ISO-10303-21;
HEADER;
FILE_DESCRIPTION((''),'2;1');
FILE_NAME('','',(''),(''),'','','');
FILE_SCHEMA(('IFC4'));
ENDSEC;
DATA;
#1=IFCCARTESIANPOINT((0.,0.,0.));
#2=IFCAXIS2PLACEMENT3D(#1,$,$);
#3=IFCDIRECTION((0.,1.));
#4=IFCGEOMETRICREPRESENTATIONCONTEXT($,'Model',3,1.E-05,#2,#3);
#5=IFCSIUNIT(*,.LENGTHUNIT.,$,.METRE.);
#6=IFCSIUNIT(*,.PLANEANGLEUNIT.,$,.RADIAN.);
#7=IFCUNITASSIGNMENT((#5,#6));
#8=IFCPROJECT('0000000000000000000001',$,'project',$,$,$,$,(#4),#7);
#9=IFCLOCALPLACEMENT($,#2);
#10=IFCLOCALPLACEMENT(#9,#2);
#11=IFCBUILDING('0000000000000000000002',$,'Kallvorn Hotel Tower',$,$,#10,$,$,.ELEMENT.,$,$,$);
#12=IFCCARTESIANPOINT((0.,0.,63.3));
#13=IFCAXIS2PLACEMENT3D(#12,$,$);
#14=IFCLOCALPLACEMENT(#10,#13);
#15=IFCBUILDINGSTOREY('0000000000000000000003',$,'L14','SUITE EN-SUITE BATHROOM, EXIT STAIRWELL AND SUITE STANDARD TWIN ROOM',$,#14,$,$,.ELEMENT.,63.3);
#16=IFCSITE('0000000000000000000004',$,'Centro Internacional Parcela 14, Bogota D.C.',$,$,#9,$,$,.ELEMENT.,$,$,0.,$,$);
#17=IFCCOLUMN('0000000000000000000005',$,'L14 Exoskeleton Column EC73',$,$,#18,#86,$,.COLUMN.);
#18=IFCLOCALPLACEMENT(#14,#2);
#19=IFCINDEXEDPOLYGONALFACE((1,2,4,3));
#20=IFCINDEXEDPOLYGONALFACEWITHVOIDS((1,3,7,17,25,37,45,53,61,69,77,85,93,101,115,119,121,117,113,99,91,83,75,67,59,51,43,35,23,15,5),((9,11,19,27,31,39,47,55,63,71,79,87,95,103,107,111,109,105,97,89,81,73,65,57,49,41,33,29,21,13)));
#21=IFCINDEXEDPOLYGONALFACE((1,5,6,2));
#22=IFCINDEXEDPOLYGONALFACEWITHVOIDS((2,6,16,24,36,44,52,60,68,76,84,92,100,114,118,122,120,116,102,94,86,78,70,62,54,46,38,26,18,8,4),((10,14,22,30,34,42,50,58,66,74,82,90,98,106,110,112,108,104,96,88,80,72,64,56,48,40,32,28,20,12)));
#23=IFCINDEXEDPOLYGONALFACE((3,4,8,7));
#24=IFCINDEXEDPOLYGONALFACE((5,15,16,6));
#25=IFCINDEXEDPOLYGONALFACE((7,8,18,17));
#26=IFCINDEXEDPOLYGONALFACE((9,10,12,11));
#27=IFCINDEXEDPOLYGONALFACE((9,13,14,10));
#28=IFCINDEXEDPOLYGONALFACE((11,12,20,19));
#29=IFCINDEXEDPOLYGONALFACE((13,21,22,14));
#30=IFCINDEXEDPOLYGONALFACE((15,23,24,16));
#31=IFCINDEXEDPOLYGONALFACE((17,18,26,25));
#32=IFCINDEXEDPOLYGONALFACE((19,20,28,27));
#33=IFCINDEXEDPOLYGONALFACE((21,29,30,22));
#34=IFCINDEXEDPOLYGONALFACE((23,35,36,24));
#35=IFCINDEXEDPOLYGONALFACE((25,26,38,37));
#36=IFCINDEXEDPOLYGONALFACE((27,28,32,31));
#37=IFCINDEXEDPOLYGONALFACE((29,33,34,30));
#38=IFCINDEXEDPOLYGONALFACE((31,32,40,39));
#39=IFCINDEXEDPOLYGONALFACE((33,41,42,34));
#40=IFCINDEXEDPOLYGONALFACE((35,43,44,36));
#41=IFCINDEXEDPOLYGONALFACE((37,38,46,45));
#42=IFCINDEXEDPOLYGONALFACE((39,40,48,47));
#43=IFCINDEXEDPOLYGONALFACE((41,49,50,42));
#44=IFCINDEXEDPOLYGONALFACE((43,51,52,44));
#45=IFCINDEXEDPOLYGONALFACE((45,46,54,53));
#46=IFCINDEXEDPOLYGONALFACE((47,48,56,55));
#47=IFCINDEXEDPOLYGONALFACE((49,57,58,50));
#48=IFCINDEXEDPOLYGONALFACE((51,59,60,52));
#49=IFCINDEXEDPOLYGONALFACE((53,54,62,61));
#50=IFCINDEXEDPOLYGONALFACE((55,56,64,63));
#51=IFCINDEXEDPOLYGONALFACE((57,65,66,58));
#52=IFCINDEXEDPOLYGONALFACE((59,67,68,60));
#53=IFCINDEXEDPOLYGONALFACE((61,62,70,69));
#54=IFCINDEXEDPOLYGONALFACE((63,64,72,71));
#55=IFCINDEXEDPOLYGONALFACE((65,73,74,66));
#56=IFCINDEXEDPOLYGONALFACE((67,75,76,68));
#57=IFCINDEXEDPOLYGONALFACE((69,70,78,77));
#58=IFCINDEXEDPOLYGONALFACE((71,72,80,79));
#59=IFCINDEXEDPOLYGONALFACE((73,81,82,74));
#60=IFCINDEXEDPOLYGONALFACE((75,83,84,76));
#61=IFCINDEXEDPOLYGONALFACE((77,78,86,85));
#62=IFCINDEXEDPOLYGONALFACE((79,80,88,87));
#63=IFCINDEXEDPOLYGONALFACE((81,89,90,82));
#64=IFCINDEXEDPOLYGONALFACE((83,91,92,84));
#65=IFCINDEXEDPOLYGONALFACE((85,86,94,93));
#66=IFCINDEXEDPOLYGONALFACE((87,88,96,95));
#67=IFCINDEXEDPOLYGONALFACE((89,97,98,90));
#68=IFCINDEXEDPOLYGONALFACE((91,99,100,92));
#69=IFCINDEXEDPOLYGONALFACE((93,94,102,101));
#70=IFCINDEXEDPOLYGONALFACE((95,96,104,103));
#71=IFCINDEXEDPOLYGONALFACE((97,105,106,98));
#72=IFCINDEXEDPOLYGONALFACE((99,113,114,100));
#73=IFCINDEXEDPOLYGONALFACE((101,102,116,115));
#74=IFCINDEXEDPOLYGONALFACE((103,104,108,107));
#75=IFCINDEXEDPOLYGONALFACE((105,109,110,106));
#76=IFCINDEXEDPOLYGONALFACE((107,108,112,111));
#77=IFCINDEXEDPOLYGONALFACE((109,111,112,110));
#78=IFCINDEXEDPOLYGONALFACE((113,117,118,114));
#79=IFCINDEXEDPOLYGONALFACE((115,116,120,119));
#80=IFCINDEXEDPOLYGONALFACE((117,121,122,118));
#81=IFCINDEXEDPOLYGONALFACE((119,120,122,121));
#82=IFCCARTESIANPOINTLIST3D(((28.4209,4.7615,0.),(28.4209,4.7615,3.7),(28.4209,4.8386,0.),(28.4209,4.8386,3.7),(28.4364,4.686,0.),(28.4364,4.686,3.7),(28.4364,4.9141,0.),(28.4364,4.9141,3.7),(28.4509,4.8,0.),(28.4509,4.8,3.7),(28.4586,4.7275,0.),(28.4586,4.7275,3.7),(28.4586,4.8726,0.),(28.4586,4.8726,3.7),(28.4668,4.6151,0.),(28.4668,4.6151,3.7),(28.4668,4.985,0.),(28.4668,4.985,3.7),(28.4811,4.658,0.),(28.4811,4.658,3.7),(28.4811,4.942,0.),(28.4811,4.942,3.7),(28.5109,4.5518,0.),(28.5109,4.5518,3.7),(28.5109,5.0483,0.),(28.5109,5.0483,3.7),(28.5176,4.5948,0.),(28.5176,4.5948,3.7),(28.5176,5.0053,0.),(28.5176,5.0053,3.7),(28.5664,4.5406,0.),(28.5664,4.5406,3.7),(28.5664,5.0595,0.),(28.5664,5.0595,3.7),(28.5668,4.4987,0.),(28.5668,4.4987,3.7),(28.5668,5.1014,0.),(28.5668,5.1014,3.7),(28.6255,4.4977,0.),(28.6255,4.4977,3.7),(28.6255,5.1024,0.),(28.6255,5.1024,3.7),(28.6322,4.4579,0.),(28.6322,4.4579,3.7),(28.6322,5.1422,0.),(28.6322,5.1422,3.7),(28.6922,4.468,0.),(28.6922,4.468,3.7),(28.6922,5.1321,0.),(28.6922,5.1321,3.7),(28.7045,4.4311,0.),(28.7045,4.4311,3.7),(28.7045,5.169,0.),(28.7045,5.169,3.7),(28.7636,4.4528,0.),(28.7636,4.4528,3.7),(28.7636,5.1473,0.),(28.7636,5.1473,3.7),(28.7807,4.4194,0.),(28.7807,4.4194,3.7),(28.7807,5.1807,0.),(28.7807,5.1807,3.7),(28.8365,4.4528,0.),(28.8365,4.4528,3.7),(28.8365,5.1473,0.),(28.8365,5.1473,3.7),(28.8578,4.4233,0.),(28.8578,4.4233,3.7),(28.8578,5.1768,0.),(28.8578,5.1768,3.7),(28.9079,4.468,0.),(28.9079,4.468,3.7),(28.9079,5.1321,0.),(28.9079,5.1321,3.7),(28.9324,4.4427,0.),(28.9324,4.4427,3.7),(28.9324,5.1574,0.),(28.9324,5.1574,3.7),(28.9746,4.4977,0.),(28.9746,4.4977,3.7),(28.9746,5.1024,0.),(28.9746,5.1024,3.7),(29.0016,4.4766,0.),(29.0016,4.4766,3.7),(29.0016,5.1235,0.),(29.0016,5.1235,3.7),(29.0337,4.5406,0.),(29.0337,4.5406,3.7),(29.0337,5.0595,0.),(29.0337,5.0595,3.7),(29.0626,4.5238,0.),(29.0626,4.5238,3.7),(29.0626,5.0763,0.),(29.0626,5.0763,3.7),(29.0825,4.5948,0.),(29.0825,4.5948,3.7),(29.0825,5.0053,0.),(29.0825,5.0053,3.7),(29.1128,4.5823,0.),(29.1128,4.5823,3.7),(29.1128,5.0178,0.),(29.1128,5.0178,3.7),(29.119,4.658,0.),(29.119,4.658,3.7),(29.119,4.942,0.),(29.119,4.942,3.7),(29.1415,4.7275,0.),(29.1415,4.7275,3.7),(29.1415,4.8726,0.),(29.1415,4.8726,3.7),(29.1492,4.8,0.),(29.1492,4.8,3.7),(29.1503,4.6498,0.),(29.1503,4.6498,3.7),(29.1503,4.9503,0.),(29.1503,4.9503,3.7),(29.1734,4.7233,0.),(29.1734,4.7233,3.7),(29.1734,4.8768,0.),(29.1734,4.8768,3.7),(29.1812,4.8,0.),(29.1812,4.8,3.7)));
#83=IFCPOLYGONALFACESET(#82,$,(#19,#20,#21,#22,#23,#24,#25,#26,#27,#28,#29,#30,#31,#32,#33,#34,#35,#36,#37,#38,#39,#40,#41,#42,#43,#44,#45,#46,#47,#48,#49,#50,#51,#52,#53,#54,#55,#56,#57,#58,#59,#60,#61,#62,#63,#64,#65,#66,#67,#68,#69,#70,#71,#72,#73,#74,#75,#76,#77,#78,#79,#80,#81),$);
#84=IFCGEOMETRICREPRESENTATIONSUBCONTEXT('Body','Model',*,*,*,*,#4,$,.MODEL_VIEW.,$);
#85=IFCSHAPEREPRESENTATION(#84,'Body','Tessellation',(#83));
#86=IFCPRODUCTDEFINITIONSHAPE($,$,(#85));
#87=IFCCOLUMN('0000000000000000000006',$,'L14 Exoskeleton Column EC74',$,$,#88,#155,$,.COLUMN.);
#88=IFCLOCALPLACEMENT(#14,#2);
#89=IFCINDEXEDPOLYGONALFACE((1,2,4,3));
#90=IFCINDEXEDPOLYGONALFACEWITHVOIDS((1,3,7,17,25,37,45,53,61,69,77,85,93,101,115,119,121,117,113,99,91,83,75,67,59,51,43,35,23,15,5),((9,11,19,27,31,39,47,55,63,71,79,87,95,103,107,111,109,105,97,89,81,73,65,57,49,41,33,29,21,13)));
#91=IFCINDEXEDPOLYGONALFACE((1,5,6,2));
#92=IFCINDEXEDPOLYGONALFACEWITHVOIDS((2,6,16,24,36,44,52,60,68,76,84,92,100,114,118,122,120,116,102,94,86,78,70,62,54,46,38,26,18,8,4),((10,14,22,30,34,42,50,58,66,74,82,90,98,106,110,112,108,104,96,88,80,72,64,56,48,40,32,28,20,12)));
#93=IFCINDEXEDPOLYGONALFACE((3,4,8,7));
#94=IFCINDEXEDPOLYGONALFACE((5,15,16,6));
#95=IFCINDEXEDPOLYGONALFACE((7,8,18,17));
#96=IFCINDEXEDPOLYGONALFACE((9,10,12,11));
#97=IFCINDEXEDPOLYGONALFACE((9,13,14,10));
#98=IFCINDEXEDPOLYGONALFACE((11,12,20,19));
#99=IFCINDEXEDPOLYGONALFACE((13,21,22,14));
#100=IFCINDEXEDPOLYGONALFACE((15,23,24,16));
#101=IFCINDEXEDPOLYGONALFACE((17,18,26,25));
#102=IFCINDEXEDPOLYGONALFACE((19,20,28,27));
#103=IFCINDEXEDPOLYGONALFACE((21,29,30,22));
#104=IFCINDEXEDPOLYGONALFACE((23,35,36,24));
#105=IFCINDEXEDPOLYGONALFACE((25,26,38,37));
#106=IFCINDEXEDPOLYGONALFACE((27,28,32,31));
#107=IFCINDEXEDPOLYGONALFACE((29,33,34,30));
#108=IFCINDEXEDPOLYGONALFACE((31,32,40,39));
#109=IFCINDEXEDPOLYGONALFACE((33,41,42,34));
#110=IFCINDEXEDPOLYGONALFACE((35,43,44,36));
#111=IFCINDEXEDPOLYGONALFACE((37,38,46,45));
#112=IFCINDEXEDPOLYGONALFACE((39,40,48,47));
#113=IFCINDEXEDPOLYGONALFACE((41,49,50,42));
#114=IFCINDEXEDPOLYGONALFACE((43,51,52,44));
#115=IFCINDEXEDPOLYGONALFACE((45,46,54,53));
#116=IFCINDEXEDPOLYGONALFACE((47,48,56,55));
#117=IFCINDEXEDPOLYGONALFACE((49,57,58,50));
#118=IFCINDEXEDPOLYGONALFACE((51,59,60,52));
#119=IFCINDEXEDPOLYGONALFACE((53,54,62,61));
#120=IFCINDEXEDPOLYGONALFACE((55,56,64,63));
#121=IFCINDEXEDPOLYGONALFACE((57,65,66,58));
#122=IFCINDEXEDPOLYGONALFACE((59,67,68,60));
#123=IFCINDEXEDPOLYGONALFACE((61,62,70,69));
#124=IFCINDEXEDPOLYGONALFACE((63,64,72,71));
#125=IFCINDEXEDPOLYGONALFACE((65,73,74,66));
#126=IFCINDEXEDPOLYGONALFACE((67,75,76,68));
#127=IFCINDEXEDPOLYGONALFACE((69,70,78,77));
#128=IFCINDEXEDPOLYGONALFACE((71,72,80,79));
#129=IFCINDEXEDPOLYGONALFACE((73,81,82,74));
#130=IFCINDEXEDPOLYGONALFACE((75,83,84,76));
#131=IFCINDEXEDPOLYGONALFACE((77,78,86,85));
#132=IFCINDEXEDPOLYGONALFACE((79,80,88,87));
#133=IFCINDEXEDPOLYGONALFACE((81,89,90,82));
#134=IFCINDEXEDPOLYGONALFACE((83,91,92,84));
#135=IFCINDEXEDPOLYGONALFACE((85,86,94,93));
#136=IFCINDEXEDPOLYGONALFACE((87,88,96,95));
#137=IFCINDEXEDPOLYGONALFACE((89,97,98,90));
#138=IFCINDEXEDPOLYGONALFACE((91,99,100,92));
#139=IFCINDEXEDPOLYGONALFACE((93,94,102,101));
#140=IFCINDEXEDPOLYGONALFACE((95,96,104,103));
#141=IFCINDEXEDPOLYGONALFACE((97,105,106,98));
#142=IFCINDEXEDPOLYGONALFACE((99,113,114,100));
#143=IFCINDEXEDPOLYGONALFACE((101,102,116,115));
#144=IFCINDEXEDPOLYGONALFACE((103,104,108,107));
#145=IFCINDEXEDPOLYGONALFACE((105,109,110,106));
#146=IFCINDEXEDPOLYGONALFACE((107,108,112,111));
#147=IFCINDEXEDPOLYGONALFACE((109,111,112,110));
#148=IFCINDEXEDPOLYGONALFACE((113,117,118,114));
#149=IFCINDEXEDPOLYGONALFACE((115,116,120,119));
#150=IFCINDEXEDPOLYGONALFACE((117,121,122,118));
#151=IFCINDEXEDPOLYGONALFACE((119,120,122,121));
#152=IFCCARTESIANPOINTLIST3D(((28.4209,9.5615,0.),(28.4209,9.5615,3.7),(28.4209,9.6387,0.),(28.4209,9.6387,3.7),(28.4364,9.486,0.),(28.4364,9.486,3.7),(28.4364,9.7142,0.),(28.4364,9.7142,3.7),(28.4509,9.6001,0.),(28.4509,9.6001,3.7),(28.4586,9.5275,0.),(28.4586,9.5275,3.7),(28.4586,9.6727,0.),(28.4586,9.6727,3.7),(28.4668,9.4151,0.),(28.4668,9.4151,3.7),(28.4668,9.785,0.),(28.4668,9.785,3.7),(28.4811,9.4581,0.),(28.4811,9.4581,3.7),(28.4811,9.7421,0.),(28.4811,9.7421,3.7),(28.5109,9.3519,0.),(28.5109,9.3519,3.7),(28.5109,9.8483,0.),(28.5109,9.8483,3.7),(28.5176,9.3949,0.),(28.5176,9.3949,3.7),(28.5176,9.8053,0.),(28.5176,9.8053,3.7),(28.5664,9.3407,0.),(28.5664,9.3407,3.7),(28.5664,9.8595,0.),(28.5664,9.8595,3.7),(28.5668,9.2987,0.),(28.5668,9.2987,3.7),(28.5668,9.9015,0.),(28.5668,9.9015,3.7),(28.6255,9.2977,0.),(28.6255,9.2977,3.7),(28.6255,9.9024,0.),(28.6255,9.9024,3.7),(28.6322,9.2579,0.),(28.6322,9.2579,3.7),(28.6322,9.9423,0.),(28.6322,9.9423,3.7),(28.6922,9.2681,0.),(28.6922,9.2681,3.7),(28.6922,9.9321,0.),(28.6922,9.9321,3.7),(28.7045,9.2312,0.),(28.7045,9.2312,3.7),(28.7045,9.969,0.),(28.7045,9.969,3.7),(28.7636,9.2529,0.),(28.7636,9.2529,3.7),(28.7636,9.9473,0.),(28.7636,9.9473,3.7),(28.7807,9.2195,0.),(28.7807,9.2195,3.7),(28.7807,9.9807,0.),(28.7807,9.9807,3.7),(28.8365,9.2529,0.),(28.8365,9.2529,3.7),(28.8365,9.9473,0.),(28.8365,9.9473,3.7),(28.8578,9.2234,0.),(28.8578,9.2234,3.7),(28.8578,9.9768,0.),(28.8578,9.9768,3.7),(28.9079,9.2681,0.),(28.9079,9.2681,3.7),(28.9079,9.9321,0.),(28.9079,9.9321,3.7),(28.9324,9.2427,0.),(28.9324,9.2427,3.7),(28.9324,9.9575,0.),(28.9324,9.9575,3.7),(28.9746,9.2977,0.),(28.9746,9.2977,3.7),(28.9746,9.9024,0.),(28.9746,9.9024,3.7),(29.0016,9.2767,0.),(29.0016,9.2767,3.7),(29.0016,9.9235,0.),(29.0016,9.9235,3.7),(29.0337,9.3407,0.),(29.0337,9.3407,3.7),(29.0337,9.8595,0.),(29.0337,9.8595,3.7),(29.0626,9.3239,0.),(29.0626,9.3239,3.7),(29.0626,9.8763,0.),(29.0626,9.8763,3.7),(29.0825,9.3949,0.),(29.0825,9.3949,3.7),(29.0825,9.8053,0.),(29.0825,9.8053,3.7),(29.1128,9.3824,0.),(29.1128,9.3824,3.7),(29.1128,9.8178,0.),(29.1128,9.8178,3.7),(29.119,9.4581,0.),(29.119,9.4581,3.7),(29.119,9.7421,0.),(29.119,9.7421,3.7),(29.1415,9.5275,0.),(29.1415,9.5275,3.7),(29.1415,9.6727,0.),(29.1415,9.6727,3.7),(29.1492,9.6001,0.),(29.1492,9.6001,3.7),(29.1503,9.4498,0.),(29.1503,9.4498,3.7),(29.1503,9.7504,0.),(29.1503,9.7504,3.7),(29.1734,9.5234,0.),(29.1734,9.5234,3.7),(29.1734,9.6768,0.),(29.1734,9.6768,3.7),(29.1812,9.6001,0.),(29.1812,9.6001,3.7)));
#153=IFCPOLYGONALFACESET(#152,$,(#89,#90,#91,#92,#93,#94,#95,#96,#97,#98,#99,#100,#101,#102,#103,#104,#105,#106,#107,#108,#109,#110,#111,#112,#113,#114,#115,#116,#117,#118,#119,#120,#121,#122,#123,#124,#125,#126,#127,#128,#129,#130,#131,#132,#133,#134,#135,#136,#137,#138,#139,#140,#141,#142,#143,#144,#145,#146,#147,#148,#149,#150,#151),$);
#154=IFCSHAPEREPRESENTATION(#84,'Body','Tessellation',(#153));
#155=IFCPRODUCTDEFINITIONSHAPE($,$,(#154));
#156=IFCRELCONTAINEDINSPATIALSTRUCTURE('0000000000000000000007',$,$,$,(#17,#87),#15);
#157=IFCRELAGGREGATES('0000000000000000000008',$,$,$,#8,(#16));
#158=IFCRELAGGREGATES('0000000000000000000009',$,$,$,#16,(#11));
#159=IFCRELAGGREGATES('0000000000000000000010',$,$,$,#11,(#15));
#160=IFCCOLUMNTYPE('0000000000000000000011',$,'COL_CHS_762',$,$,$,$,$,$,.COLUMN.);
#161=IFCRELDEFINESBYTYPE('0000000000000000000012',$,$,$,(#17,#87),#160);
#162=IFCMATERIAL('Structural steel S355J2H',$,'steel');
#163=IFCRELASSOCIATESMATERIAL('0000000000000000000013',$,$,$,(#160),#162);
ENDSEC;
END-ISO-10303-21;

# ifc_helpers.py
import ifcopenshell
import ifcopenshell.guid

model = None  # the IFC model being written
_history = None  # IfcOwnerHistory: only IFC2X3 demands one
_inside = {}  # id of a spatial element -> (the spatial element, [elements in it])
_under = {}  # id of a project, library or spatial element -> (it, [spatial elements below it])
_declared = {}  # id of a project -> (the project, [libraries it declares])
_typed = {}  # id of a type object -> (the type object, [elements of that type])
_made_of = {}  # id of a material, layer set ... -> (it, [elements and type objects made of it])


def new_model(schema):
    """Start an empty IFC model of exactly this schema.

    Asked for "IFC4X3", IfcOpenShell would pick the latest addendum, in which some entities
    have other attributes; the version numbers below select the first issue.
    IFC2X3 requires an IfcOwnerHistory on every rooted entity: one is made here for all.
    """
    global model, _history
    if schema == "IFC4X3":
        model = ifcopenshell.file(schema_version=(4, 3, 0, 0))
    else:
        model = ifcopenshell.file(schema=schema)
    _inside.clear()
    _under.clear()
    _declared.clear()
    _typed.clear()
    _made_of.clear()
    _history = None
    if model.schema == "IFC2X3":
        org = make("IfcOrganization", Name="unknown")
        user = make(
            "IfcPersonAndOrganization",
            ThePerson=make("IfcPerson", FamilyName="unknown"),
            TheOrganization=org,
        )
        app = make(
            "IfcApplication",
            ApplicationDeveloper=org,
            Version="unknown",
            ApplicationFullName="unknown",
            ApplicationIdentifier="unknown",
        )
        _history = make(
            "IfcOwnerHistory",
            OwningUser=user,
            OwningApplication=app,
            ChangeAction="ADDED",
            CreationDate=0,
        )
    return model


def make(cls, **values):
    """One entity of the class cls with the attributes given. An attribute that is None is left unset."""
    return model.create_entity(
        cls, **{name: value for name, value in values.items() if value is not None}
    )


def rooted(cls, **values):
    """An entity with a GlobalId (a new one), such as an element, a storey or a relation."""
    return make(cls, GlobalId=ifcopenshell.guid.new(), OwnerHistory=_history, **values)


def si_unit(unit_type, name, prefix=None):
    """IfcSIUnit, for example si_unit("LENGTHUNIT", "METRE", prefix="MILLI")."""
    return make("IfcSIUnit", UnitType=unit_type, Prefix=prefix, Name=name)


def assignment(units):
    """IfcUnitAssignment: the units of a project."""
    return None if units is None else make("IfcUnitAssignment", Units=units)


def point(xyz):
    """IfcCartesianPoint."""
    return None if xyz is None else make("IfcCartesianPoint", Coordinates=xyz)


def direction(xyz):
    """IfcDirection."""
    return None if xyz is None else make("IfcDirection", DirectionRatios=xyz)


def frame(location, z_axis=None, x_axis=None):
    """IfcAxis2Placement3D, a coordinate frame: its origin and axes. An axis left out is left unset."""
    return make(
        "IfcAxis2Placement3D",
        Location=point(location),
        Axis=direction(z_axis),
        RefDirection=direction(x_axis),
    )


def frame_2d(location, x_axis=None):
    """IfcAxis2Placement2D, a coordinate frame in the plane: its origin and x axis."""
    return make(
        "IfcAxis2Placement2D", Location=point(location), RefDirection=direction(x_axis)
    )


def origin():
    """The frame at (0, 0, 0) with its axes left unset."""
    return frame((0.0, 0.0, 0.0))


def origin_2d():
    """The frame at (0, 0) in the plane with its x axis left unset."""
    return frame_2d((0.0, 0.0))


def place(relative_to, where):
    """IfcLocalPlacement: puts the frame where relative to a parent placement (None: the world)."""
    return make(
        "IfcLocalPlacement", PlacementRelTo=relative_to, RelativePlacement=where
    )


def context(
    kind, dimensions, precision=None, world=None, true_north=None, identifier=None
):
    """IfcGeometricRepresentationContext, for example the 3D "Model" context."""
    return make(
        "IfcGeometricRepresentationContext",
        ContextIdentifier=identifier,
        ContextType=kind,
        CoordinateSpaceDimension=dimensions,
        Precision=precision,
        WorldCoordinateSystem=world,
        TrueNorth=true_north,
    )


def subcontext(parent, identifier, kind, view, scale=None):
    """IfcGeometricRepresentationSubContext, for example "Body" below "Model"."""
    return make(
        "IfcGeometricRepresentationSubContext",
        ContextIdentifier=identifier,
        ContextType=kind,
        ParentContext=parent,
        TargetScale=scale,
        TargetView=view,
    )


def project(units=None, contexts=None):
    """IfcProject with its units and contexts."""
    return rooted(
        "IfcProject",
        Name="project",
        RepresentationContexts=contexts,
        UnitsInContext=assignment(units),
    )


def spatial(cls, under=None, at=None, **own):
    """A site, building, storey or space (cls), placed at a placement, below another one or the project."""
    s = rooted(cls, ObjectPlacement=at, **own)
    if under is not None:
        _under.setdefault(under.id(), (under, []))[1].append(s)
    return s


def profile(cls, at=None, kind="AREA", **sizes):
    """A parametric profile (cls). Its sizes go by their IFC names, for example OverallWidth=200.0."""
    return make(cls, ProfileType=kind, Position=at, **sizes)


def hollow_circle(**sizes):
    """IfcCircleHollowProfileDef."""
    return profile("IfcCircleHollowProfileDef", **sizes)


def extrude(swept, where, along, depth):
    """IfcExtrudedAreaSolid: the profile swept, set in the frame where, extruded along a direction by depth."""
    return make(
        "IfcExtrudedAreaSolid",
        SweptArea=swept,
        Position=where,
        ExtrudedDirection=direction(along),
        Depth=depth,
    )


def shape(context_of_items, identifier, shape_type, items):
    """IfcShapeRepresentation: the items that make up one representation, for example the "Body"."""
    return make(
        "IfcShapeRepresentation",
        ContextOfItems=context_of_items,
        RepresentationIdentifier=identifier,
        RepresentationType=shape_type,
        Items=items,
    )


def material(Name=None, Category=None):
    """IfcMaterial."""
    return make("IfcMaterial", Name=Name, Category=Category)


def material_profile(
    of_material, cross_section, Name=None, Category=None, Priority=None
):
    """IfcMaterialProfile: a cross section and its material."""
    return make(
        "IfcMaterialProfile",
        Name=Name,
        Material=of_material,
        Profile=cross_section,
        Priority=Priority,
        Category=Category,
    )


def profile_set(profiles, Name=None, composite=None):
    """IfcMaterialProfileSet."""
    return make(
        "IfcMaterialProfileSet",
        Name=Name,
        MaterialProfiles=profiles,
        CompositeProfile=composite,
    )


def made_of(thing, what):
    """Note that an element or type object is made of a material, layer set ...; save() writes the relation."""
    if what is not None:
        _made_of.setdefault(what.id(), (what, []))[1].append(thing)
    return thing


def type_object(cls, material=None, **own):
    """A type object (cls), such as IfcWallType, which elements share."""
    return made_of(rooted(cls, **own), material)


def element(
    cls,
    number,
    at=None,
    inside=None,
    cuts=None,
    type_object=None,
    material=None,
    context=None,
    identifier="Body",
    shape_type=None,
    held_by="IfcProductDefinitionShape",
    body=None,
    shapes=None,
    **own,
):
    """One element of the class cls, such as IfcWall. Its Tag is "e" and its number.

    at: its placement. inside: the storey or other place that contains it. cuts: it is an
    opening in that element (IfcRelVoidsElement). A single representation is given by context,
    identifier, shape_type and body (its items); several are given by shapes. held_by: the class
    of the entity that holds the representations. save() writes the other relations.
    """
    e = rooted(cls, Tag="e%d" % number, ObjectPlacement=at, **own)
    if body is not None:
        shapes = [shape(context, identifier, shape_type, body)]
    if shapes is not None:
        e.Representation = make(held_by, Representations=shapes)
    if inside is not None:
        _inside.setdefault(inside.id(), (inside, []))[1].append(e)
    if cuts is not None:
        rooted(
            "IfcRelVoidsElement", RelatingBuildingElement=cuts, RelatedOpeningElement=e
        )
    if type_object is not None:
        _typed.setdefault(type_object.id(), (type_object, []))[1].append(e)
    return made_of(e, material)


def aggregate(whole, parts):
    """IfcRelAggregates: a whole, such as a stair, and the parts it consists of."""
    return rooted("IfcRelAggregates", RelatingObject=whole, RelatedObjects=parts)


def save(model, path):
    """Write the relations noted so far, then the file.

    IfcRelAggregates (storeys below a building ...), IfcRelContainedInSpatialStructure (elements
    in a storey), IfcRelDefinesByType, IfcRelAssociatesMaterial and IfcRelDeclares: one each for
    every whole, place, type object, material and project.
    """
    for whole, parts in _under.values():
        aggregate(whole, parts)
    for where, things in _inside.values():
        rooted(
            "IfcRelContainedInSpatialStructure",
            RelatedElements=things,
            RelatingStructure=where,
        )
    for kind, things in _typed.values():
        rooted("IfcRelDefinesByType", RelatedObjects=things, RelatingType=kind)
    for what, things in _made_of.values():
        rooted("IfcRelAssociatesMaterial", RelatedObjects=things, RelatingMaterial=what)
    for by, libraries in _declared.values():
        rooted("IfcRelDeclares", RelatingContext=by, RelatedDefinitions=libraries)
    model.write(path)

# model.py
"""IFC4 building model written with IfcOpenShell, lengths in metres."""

from ifc_helpers import new_model, si_unit, direction, frame, origin, origin_2d, place, context, subcontext, project, spatial, hollow_circle, extrude, material, material_profile, profile_set, type_object, element, save


model = new_model("IFC4")

# Units and contexts
model_context = context("Model", 3, precision=1e-05, world=origin(), true_north=direction((0.0, 1.0)))
body_context = subcontext(model_context, "Body", "Model", "MODEL_VIEW")
ifc_project = project(units=[si_unit("LENGTHUNIT", "METRE"), si_unit("PLANEANGLEUNIT", "RADIAN")], contexts=[model_context])

# Site, building, storey
site_placement = place(None, origin())
site = spatial("IfcSite", under=ifc_project, at=site_placement, Name="Centro Internacional Parcela 14, Bogota D.C.", CompositionType="ELEMENT", RefElevation=0.0)
building_placement = place(site_placement, origin())
building = spatial("IfcBuilding", under=site, at=building_placement, Name="Kallvorn Hotel Tower", CompositionType="ELEMENT")
storey_placement = place(building_placement, frame((0.0, 0.0, 63.3)))
storey = spatial("IfcBuildingStorey", under=building, at=storey_placement, Name="L14", Description="SUITE EN-SUITE BATHROOM, EXIT STAIRWELL AND SUITE STANDARD TWIN ROOM", CompositionType="ELEMENT", Elevation=63.3)

# Columns
ifc_material_1 = material(Name="Structural steel S355J2H", Category="steel")
ifc_material_profile_1 = material_profile(ifc_material_1, hollow_circle(Radius=0.3811, WallThickness=0.032, at=origin_2d()), Name="CHS 762x32")
ifc_profile_set_1 = profile_set([ifc_material_profile_1], Name="Structural steel S355J2H")
column_type_1 = type_object("IfcColumnType", Name="COL_CHS_762", PredefinedType="COLUMN", material=ifc_profile_set_1)
for number, where, z_axis, x_axis, name in (
    (1, (28.8, 4.8, 0.0), (0.0, 0.0, 1.0), (1.0, 0.0, 0.0), "L14 Exoskeleton Column EC73"),
    (2, (28.8, 9.6001, 0.0), (0.0, 0.0, 1.0), (1.0, 0.0, 0.0), "L14 Exoskeleton Column EC74"),
):
    element("IfcColumn", number, at=place(storey_placement, frame(where, z_axis=z_axis, x_axis=x_axis)), inside=storey, type_object=column_type_1, Name=name, PredefinedType="COLUMN", context=body_context, shape_type="SweptSolid", body=[
        extrude(hollow_circle(Radius=0.3811, WallThickness=0.032, at=origin_2d()), origin(), (0.0, 0.0, 1.0), 3.7),
    ])

save(model, "model.ifc")
